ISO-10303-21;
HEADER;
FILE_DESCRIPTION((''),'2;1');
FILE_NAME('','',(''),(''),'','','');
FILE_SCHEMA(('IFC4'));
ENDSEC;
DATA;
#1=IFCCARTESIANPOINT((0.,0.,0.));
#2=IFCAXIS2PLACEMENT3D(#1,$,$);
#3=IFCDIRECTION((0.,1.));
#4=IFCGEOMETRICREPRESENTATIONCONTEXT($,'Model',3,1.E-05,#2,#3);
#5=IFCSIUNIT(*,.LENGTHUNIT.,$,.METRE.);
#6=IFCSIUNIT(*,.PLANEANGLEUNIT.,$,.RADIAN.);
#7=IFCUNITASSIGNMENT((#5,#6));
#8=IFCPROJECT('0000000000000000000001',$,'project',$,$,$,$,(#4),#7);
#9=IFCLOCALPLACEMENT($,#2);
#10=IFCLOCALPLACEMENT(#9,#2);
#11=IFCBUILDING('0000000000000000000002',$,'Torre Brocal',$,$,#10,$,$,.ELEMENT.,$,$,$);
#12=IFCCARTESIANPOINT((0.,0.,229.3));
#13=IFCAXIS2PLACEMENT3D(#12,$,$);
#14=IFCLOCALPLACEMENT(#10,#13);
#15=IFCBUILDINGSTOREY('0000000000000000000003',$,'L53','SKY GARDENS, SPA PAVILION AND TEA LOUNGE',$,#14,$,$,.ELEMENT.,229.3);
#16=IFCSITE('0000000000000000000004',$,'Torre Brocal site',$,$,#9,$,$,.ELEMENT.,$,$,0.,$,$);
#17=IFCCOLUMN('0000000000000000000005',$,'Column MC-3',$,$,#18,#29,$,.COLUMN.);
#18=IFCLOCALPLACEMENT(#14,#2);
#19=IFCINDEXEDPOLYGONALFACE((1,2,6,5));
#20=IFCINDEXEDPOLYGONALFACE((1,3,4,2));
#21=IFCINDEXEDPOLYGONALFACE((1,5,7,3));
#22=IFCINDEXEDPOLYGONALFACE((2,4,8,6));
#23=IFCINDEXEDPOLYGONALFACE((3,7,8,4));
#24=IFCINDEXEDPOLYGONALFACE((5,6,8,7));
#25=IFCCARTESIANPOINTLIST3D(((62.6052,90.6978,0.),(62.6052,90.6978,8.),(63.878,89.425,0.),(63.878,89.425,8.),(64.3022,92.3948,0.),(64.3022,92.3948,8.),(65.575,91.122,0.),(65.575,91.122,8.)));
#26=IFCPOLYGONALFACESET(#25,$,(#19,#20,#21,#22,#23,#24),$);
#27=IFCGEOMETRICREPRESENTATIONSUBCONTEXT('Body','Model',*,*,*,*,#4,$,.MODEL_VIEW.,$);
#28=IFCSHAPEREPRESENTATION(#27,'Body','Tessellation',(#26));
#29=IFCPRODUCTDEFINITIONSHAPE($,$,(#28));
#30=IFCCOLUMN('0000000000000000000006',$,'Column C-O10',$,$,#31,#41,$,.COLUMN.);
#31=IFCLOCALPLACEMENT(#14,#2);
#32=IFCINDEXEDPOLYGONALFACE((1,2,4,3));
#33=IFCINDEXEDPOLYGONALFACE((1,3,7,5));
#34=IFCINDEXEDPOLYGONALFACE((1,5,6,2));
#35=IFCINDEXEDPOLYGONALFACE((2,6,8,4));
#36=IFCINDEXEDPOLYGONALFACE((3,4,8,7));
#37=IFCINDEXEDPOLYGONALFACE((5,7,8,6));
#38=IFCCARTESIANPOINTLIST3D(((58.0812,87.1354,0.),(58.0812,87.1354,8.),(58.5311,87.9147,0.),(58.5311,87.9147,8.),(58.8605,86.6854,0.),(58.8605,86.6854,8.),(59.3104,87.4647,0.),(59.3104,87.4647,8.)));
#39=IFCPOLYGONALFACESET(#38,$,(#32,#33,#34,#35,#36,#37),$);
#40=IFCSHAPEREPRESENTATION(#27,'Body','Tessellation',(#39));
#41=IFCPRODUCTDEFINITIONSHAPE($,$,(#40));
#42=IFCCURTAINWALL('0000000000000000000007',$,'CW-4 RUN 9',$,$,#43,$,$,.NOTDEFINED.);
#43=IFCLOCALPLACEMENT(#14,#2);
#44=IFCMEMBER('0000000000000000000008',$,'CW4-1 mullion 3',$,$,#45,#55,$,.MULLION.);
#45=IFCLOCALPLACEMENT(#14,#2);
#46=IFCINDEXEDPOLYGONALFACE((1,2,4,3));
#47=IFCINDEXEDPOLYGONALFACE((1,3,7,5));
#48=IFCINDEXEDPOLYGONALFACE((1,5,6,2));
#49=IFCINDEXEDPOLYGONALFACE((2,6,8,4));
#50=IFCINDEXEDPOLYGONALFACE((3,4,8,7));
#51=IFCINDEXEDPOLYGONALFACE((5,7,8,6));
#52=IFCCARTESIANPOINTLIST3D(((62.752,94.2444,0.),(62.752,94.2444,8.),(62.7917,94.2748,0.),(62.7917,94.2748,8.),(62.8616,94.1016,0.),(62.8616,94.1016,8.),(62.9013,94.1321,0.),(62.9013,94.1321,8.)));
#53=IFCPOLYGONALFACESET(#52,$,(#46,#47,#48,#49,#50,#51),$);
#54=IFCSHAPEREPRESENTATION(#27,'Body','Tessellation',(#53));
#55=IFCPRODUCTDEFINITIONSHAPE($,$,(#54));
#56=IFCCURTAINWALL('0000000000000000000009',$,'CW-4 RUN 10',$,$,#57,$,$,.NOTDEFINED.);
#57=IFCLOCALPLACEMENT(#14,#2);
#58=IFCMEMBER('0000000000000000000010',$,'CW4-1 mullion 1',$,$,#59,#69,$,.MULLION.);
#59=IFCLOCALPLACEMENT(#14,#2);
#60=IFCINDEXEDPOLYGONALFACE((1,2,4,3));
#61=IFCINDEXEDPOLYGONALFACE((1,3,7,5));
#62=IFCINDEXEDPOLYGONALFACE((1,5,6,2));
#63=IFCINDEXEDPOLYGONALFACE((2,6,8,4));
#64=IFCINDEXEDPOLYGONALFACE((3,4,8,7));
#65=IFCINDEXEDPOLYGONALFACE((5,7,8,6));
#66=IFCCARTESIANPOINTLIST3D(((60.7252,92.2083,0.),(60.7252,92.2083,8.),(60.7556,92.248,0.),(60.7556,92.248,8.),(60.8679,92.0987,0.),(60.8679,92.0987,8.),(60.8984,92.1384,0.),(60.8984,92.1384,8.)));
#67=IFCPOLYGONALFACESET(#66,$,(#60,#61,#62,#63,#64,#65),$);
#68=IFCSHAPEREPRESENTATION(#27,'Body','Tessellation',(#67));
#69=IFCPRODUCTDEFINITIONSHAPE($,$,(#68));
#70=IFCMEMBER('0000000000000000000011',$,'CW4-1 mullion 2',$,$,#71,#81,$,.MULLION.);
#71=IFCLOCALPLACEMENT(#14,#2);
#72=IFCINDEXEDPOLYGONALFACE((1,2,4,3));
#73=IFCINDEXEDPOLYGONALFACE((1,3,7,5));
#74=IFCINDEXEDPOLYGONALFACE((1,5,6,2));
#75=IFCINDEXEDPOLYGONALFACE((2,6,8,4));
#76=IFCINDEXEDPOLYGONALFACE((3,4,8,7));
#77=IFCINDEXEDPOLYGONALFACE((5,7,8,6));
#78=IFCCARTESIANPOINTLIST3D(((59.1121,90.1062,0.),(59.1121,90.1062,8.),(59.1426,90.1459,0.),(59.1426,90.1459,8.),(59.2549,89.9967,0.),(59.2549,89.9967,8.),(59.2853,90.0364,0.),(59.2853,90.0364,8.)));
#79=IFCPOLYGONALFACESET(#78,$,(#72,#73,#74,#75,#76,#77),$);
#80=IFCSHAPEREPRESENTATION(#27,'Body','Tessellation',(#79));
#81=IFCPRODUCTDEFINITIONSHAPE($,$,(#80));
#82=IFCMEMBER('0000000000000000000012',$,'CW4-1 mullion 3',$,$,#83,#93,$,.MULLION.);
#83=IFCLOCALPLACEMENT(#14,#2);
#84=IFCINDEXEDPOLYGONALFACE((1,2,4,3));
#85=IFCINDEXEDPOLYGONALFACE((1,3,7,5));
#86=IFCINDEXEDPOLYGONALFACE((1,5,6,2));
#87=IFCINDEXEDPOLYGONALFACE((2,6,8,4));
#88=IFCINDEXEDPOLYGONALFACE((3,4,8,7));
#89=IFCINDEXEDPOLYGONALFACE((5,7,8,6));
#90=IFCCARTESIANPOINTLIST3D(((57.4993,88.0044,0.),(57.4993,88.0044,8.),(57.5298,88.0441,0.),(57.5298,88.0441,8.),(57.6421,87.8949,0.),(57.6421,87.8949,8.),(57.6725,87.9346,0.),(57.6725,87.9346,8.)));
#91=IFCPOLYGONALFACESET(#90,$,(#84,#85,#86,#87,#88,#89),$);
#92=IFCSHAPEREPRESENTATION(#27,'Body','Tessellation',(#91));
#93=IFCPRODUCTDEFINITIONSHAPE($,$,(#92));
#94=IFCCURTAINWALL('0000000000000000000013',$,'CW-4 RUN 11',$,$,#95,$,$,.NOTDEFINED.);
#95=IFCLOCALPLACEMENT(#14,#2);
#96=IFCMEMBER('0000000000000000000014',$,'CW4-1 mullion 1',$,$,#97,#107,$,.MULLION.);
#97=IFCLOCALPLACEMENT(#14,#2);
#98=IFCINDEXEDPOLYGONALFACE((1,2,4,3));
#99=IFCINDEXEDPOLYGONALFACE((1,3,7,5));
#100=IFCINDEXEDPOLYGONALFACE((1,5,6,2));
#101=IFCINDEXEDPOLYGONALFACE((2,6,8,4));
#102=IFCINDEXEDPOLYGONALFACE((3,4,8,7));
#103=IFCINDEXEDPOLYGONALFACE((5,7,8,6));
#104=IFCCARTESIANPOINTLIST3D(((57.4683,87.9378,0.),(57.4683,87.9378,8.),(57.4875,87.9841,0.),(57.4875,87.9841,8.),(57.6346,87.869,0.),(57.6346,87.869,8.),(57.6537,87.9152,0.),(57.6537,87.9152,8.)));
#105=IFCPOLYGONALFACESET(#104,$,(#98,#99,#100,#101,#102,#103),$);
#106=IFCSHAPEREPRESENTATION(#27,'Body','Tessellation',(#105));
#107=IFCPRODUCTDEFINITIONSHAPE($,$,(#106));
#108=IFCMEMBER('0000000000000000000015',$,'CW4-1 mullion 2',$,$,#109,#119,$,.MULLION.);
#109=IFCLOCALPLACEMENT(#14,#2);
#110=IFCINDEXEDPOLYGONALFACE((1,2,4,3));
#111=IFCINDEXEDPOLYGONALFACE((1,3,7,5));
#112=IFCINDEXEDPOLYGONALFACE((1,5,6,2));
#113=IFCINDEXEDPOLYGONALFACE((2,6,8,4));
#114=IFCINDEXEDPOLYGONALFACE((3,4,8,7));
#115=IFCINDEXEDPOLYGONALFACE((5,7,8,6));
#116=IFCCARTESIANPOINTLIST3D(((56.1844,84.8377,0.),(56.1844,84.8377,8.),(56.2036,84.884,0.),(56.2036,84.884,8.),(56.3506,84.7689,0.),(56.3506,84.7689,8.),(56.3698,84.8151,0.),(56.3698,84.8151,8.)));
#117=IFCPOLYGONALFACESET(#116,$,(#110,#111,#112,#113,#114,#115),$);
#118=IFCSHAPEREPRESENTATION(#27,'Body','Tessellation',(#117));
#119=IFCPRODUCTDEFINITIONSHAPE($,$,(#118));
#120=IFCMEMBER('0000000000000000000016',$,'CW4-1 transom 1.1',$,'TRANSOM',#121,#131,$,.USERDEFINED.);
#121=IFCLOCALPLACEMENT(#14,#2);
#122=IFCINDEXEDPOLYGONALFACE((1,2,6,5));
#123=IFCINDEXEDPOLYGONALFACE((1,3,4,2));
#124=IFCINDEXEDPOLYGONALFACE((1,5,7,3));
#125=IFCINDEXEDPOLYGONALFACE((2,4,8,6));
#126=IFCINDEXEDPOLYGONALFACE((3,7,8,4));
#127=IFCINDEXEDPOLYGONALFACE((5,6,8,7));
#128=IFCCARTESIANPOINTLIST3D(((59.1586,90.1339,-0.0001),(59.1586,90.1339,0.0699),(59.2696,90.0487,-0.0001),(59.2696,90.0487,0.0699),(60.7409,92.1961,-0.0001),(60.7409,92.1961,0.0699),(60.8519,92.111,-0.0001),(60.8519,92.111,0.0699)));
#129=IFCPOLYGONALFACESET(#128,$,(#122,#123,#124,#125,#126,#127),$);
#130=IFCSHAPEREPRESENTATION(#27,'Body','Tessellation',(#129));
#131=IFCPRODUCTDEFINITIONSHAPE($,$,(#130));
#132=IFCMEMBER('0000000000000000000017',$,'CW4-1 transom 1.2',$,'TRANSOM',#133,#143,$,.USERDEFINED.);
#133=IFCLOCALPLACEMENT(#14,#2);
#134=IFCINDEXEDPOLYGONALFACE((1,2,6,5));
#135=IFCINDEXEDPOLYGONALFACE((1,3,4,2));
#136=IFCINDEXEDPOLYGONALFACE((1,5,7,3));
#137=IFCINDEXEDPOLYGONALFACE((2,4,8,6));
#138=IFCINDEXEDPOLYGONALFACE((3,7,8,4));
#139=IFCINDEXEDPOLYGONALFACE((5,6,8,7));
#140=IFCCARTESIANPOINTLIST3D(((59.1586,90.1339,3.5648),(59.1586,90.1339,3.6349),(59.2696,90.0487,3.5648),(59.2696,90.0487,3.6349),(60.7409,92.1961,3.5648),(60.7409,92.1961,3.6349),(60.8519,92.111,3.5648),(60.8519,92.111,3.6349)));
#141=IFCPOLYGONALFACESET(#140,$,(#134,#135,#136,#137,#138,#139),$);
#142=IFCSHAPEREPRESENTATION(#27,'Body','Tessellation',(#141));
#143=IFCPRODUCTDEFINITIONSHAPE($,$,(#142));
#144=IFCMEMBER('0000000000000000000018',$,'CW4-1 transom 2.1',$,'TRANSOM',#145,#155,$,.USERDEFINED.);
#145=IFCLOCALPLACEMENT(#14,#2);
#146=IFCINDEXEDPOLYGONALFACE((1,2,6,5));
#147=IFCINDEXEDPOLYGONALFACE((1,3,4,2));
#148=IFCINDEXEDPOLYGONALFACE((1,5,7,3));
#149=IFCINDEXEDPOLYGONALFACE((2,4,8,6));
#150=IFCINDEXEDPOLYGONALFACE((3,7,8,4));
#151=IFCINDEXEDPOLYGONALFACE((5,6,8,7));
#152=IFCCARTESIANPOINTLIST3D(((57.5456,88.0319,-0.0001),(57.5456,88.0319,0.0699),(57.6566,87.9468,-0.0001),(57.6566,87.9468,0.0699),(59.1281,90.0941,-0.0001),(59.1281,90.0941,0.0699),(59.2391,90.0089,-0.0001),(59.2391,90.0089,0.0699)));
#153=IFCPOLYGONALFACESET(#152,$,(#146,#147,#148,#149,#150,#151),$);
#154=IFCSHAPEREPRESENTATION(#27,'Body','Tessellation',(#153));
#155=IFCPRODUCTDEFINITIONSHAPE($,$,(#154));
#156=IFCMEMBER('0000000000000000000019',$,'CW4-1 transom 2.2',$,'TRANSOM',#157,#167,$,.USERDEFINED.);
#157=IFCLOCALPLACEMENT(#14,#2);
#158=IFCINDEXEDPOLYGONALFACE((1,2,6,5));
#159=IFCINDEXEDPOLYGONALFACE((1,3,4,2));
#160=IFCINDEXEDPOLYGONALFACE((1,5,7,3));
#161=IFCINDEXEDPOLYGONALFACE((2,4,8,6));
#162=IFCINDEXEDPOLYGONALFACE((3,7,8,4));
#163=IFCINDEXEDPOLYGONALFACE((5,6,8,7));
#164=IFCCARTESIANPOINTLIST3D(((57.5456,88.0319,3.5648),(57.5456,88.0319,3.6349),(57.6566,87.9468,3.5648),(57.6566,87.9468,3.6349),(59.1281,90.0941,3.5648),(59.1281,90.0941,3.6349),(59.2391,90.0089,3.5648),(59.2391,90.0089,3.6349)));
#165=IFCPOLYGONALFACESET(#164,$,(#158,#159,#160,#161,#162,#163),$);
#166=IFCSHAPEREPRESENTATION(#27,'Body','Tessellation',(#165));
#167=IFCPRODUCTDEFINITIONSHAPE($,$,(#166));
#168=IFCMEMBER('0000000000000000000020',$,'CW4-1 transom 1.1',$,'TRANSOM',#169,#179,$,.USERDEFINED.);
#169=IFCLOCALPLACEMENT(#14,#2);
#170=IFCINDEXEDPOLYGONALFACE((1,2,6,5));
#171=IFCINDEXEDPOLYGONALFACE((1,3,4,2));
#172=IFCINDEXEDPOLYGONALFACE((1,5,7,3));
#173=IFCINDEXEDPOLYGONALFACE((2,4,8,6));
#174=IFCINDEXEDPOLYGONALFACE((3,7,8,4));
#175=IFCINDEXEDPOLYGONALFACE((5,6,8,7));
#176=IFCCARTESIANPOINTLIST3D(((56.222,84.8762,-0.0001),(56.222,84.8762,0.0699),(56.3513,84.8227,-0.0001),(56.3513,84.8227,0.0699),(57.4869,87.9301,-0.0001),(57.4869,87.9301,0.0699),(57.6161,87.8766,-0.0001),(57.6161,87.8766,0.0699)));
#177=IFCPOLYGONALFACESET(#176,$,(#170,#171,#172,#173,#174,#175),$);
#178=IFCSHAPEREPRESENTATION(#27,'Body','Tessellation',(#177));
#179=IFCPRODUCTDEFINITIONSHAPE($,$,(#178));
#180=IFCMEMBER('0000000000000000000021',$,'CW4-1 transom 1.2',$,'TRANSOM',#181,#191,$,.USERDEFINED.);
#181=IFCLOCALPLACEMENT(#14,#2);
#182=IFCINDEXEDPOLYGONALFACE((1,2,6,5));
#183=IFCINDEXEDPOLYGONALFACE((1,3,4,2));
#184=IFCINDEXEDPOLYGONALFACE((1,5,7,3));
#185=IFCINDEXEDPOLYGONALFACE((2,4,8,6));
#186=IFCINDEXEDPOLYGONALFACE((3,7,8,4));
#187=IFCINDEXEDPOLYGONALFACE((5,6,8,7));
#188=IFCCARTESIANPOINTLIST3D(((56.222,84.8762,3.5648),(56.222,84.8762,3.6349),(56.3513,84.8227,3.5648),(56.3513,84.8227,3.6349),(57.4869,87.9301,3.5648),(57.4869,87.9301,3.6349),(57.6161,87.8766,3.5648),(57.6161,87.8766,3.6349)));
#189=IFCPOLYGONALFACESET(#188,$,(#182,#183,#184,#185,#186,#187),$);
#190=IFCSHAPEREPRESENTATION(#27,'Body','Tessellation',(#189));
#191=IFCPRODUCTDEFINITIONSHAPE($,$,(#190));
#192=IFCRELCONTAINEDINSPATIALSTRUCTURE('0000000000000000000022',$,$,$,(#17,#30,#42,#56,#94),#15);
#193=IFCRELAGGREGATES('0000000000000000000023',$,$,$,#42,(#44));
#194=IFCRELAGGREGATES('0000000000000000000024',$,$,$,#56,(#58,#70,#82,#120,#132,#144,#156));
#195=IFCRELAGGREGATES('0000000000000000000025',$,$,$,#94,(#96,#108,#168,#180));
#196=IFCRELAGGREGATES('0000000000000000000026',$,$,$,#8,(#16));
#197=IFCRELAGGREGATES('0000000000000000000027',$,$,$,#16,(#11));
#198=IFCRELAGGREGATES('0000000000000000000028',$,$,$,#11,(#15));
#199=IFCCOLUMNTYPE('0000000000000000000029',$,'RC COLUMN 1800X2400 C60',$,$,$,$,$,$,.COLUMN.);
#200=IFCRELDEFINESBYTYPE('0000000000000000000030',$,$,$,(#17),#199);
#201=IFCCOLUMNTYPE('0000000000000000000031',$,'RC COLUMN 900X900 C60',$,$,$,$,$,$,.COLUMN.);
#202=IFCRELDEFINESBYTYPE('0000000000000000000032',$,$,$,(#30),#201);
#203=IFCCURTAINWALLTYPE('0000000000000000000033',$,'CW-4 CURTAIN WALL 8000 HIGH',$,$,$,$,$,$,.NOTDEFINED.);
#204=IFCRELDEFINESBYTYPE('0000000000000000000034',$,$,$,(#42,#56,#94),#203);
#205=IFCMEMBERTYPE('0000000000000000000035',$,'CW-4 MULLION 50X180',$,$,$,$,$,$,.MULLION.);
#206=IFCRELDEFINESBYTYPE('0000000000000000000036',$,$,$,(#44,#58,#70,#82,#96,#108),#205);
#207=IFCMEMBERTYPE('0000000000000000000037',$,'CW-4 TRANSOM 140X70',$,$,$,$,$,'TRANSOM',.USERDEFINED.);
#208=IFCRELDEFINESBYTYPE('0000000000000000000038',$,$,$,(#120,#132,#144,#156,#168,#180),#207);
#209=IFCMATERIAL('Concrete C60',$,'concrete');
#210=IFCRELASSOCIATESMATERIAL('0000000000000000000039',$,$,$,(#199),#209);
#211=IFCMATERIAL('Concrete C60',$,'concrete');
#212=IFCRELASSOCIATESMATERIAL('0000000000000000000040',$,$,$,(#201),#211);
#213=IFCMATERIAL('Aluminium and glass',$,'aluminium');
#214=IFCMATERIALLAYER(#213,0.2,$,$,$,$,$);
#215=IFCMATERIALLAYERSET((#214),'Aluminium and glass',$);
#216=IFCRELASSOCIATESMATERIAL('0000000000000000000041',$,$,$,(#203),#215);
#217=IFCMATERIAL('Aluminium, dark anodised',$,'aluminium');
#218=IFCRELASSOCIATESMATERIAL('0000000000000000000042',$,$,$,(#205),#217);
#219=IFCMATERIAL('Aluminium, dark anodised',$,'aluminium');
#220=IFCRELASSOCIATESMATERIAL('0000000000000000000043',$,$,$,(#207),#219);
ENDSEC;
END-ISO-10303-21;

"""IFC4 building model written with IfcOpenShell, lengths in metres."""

from ifc_helpers import new_model, si_unit, direction, frame, origin, origin_2d, place, context, subcontext, project, spatial, rectangle, extrude, material, layer, layer_set, material_profile, profile_set, type_object, element, aggregate, save


model = new_model("IFC4")

# Units and contexts
model_context = context("Model", 3, precision=1e-05, world=origin(), true_north=direction((0.0, 1.0)))
body_context = subcontext(model_context, "Body", "Model", "MODEL_VIEW")
ifc_project = project(units=[si_unit("LENGTHUNIT", "METRE"), si_unit("PLANEANGLEUNIT", "RADIAN")], contexts=[model_context])

# Site, building, storey
site_placement = place(None, origin())
site = spatial("IfcSite", under=ifc_project, at=site_placement, Name="Torre Brocal site", CompositionType="ELEMENT", RefElevation=0.0)
building_placement = place(site_placement, origin())
building = spatial("IfcBuilding", under=site, at=building_placement, Name="Torre Brocal", CompositionType="ELEMENT")
storey_placement = place(building_placement, frame((0.0, 0.0, 229.3)))
storey = spatial("IfcBuildingStorey", under=building, at=storey_placement, Name="L53", Description="SKY GARDENS, SPA PAVILION AND TEA LOUNGE", CompositionType="ELEMENT", Elevation=229.3)

# Columns
ifc_material_1 = material(Name="Concrete C60", Category="concrete")
ifc_material_profile_1 = material_profile(ifc_material_1, rectangle(XDim=1.8, YDim=2.3999, at=origin_2d()), Name="RC 1800X2400")
ifc_profile_set_1 = profile_set([ifc_material_profile_1], Name="Concrete C60")
column_type_1 = type_object("IfcColumnType", Name="RC COLUMN 1800X2400 C60", PredefinedType="COLUMN", material=ifc_profile_set_1)
column_1_placement = place(storey_placement, frame((64.0901, 90.9099, 0.0), z_axis=(0.0, 0.0, 1.0), x_axis=(-0.707107, 0.707107, 0.0)))
element("IfcColumn", 1, at=column_1_placement, inside=storey, type_object=column_type_1, Name="Column MC-3", PredefinedType="COLUMN", context=body_context, shape_type="SweptSolid", body=[
    extrude(rectangle(XDim=1.8, YDim=2.3999, at=origin_2d()), origin(), (0.0, 0.0, 1.0), 8.0),
])
ifc_material_2 = material(Name="Concrete C60", Category="concrete")
ifc_material_profile_2 = material_profile(ifc_material_2, rectangle(XDim=0.8999, YDim=0.8999, at=origin_2d()), Name="RC 900X900")
ifc_profile_set_2 = profile_set([ifc_material_profile_2], Name="Concrete C60")
column_type_2 = type_object("IfcColumnType", Name="RC COLUMN 900X900 C60", PredefinedType="COLUMN", material=ifc_profile_set_2)
column_2_placement = place(storey_placement, frame((58.6958, 87.3, 0.0), z_axis=(0.0, 0.0, 1.0), x_axis=(-0.866025, 0.5, 0.0)))
element("IfcColumn", 2, at=column_2_placement, inside=storey, type_object=column_type_2, Name="Column C-O10", PredefinedType="COLUMN", context=body_context, shape_type="SweptSolid", body=[
    extrude(rectangle(XDim=0.8999, YDim=0.8999, at=origin_2d()), origin(), (0.0, 0.0, 1.0), 8.0),
])

# Curtain wall, member
ifc_material_3 = material(Name="Aluminium and glass", Category="aluminium")
ifc_layer_1 = layer(ifc_material_3, 0.2)
ifc_layer_set_1 = layer_set([ifc_layer_1], Name="Aluminium and glass")
curtain_wall_type = type_object("IfcCurtainWallType", Name="CW-4 CURTAIN WALL 8000 HIGH", PredefinedType="NOTDEFINED", material=ifc_layer_set_1)
curtain_wall_1_placement = place(storey_placement, origin())
curtain_wall_1 = element("IfcCurtainWall", 3, at=curtain_wall_1_placement, inside=storey, type_object=curtain_wall_type, Name="CW-4 RUN 9", PredefinedType="NOTDEFINED")
ifc_material_4 = material(Name="Aluminium, dark anodised", Category="aluminium")
ifc_material_profile_3 = material_profile(ifc_material_4, rectangle(XDim=0.1799, YDim=0.05, at=origin_2d()), Name="CW-4 MULLION 50X180")
ifc_profile_set_3 = profile_set([ifc_material_profile_3], Name="Aluminium, dark anodised")
member_type_1 = type_object("IfcMemberType", Name="CW-4 MULLION 50X180", PredefinedType="MULLION", material=ifc_profile_set_3)
member_1_placement = place(storey_placement, frame((62.8267, 94.1882, 0.0), z_axis=(0.0, 0.0, 1.0), x_axis=(0.608761, -0.793353, 0.0)))
member_1 = element("IfcMember", 4, at=member_1_placement, type_object=member_type_1, Name="CW4-1 mullion 3", PredefinedType="MULLION", context=body_context, shape_type="SweptSolid", body=[
    extrude(rectangle(XDim=0.1799, YDim=0.05, at=origin_2d()), origin(), (0.0, 0.0, 1.0), 8.0),
])

# Curtain walls, members
curtain_wall_2_placement = place(storey_placement, origin())
curtain_wall_2 = element("IfcCurtainWall", 5, at=curtain_wall_2_placement, inside=storey, type_object=curtain_wall_type, Name="CW-4 RUN 10", PredefinedType="NOTDEFINED")
member_2_placement = place(storey_placement, frame((60.8118, 92.1733, 0.0), z_axis=(0.0, 0.0, 1.0), x_axis=(0.793353, -0.608761, 0.0)))
member_2 = element("IfcMember", 6, at=member_2_placement, type_object=member_type_1, Name="CW4-1 mullion 1", PredefinedType="MULLION", context=body_context, shape_type="SweptSolid", body=[
    extrude(rectangle(XDim=0.1799, YDim=0.05, at=origin_2d()), origin(), (0.0, 0.0, 1.0), 8.0),
])
member_3_placement = place(storey_placement, frame((59.1987, 90.0713, 0.0), z_axis=(0.0, 0.0, 1.0), x_axis=(0.793353, -0.608761, 0.0)))
member_3 = element("IfcMember", 7, at=member_3_placement, type_object=member_type_1, Name="CW4-1 mullion 2", PredefinedType="MULLION", context=body_context, shape_type="SweptSolid", body=[
    extrude(rectangle(XDim=0.1799, YDim=0.05, at=origin_2d()), origin(), (0.0, 0.0, 1.0), 8.0),
])
member_4_placement = place(storey_placement, frame((57.5859, 87.9695, 0.0), z_axis=(0.0, 0.0, 1.0), x_axis=(0.793353, -0.608761, 0.0)))
member_4 = element("IfcMember", 8, at=member_4_placement, type_object=member_type_1, Name="CW4-1 mullion 3", PredefinedType="MULLION", context=body_context, shape_type="SweptSolid", body=[
    extrude(rectangle(XDim=0.1799, YDim=0.05, at=origin_2d()), origin(), (0.0, 0.0, 1.0), 8.0),
])
curtain_wall_3_placement = place(storey_placement, origin())
curtain_wall_3 = element("IfcCurtainWall", 9, at=curtain_wall_3_placement, inside=storey, type_object=curtain_wall_type, Name="CW-4 RUN 11", PredefinedType="NOTDEFINED")
member_5_placement = place(storey_placement, frame((57.561, 87.9265, 0.0), z_axis=(0.0, 0.0, 1.0), x_axis=(0.92388, -0.382683, 0.0)))
member_5 = element("IfcMember", 10, at=member_5_placement, type_object=member_type_1, Name="CW4-1 mullion 1", PredefinedType="MULLION", context=body_context, shape_type="SweptSolid", body=[
    extrude(rectangle(XDim=0.1799, YDim=0.05, at=origin_2d()), origin(), (0.0, 0.0, 1.0), 8.0),
])
member_6_placement = place(storey_placement, frame((56.2771, 84.8264, 0.0), z_axis=(0.0, 0.0, 1.0), x_axis=(0.92388, -0.382683, 0.0)))
member_6 = element("IfcMember", 11, at=member_6_placement, type_object=member_type_1, Name="CW4-1 mullion 2", PredefinedType="MULLION", context=body_context, shape_type="SweptSolid", body=[
    extrude(rectangle(XDim=0.1799, YDim=0.05, at=origin_2d()), origin(), (0.0, 0.0, 1.0), 8.0),
])

# Members
ifc_material_5 = material(Name="Aluminium, dark anodised", Category="aluminium")
ifc_material_profile_4 = material_profile(ifc_material_5, rectangle(XDim=0.1399, YDim=0.0701, at=origin_2d()), Name="CW-4 TRANSOM 140X70")
ifc_profile_set_4 = profile_set([ifc_material_profile_4], Name="Aluminium, dark anodised")
member_type_2 = type_object("IfcMemberType", Name="CW-4 TRANSOM 140X70", ElementType="TRANSOM", PredefinedType="USERDEFINED", material=ifc_profile_set_4)
member_7_placement = place(storey_placement, frame((60.7964, 92.1536, 0.0349), z_axis=(-0.608725, -0.793381, 0.0), x_axis=(0.793381, -0.608725, 0.0)))
member_7 = element("IfcMember", 12, at=member_7_placement, type_object=member_type_2, Name="CW4-1 transom 1.1", ObjectType="TRANSOM", PredefinedType="USERDEFINED", context=body_context, shape_type="SweptSolid", body=[
    extrude(rectangle(XDim=0.1399, YDim=0.0701, at=origin_2d()), origin(), (0.0, 0.0, 1.0), 2.5994),
])
member_8_placement = place(storey_placement, frame((60.7964, 92.1536, 3.5999), z_axis=(-0.608725, -0.793381, 0.0), x_axis=(0.793381, -0.608725, 0.0)))
member_8 = element("IfcMember", 13, at=member_8_placement, type_object=member_type_2, Name="CW4-1 transom 1.2", ObjectType="TRANSOM", PredefinedType="USERDEFINED", context=body_context, shape_type="SweptSolid", body=[
    extrude(rectangle(XDim=0.1399, YDim=0.0701, at=origin_2d()), origin(), (0.0, 0.0, 1.0), 2.5994),
])
member_9_placement = place(storey_placement, frame((59.1836, 90.0515, 0.0349), z_axis=(-0.608784, -0.793336, 0.0), x_axis=(0.793336, -0.608784, 0.0)))
member_9 = element("IfcMember", 14, at=member_9_placement, type_object=member_type_2, Name="CW4-1 transom 2.1", ObjectType="TRANSOM", PredefinedType="USERDEFINED", context=body_context, shape_type="SweptSolid", body=[
    extrude(rectangle(XDim=0.1399, YDim=0.0701, at=origin_2d()), origin(), (0.0, 0.0, 1.0), 2.5994),
])
member_10_placement = place(storey_placement, frame((59.1836, 90.0515, 3.5999), z_axis=(-0.608784, -0.793336, 0.0), x_axis=(0.793336, -0.608784, 0.0)))
member_10 = element("IfcMember", 15, at=member_10_placement, type_object=member_type_2, Name="CW4-1 transom 2.2", ObjectType="TRANSOM", PredefinedType="USERDEFINED", context=body_context, shape_type="SweptSolid", body=[
    extrude(rectangle(XDim=0.1399, YDim=0.0701, at=origin_2d()), origin(), (0.0, 0.0, 1.0), 2.5994),
])
member_11_placement = place(storey_placement, frame((57.5515, 87.9033, 0.0349), z_axis=(-0.382658, -0.92389, 0.0), x_axis=(0.92389, -0.382658, 0.0)))
member_11 = element("IfcMember", 16, at=member_11_placement, type_object=member_type_2, Name="CW4-1 transom 1.1", ObjectType="TRANSOM", PredefinedType="USERDEFINED", context=body_context, shape_type="SweptSolid", body=[
    extrude(rectangle(XDim=0.1399, YDim=0.0701, at=origin_2d()), origin(), (0.0, 0.0, 1.0), 3.3054),
])
member_12_placement = place(storey_placement, frame((57.5515, 87.9033, 3.5999), z_axis=(-0.382658, -0.92389, 0.0), x_axis=(0.92389, -0.382658, 0.0)))
member_12 = element("IfcMember", 17, at=member_12_placement, type_object=member_type_2, Name="CW4-1 transom 1.2", ObjectType="TRANSOM", PredefinedType="USERDEFINED", context=body_context, shape_type="SweptSolid", body=[
    extrude(rectangle(XDim=0.1399, YDim=0.0701, at=origin_2d()), origin(), (0.0, 0.0, 1.0), 3.3054),
])

aggregate(curtain_wall_1, [member_1])
aggregate(curtain_wall_2, [member_2, member_3, member_4, member_7, member_8, member_9, member_10])
aggregate(curtain_wall_3, [member_5, member_6, member_11, member_12])

save(model, "model.ifc")
